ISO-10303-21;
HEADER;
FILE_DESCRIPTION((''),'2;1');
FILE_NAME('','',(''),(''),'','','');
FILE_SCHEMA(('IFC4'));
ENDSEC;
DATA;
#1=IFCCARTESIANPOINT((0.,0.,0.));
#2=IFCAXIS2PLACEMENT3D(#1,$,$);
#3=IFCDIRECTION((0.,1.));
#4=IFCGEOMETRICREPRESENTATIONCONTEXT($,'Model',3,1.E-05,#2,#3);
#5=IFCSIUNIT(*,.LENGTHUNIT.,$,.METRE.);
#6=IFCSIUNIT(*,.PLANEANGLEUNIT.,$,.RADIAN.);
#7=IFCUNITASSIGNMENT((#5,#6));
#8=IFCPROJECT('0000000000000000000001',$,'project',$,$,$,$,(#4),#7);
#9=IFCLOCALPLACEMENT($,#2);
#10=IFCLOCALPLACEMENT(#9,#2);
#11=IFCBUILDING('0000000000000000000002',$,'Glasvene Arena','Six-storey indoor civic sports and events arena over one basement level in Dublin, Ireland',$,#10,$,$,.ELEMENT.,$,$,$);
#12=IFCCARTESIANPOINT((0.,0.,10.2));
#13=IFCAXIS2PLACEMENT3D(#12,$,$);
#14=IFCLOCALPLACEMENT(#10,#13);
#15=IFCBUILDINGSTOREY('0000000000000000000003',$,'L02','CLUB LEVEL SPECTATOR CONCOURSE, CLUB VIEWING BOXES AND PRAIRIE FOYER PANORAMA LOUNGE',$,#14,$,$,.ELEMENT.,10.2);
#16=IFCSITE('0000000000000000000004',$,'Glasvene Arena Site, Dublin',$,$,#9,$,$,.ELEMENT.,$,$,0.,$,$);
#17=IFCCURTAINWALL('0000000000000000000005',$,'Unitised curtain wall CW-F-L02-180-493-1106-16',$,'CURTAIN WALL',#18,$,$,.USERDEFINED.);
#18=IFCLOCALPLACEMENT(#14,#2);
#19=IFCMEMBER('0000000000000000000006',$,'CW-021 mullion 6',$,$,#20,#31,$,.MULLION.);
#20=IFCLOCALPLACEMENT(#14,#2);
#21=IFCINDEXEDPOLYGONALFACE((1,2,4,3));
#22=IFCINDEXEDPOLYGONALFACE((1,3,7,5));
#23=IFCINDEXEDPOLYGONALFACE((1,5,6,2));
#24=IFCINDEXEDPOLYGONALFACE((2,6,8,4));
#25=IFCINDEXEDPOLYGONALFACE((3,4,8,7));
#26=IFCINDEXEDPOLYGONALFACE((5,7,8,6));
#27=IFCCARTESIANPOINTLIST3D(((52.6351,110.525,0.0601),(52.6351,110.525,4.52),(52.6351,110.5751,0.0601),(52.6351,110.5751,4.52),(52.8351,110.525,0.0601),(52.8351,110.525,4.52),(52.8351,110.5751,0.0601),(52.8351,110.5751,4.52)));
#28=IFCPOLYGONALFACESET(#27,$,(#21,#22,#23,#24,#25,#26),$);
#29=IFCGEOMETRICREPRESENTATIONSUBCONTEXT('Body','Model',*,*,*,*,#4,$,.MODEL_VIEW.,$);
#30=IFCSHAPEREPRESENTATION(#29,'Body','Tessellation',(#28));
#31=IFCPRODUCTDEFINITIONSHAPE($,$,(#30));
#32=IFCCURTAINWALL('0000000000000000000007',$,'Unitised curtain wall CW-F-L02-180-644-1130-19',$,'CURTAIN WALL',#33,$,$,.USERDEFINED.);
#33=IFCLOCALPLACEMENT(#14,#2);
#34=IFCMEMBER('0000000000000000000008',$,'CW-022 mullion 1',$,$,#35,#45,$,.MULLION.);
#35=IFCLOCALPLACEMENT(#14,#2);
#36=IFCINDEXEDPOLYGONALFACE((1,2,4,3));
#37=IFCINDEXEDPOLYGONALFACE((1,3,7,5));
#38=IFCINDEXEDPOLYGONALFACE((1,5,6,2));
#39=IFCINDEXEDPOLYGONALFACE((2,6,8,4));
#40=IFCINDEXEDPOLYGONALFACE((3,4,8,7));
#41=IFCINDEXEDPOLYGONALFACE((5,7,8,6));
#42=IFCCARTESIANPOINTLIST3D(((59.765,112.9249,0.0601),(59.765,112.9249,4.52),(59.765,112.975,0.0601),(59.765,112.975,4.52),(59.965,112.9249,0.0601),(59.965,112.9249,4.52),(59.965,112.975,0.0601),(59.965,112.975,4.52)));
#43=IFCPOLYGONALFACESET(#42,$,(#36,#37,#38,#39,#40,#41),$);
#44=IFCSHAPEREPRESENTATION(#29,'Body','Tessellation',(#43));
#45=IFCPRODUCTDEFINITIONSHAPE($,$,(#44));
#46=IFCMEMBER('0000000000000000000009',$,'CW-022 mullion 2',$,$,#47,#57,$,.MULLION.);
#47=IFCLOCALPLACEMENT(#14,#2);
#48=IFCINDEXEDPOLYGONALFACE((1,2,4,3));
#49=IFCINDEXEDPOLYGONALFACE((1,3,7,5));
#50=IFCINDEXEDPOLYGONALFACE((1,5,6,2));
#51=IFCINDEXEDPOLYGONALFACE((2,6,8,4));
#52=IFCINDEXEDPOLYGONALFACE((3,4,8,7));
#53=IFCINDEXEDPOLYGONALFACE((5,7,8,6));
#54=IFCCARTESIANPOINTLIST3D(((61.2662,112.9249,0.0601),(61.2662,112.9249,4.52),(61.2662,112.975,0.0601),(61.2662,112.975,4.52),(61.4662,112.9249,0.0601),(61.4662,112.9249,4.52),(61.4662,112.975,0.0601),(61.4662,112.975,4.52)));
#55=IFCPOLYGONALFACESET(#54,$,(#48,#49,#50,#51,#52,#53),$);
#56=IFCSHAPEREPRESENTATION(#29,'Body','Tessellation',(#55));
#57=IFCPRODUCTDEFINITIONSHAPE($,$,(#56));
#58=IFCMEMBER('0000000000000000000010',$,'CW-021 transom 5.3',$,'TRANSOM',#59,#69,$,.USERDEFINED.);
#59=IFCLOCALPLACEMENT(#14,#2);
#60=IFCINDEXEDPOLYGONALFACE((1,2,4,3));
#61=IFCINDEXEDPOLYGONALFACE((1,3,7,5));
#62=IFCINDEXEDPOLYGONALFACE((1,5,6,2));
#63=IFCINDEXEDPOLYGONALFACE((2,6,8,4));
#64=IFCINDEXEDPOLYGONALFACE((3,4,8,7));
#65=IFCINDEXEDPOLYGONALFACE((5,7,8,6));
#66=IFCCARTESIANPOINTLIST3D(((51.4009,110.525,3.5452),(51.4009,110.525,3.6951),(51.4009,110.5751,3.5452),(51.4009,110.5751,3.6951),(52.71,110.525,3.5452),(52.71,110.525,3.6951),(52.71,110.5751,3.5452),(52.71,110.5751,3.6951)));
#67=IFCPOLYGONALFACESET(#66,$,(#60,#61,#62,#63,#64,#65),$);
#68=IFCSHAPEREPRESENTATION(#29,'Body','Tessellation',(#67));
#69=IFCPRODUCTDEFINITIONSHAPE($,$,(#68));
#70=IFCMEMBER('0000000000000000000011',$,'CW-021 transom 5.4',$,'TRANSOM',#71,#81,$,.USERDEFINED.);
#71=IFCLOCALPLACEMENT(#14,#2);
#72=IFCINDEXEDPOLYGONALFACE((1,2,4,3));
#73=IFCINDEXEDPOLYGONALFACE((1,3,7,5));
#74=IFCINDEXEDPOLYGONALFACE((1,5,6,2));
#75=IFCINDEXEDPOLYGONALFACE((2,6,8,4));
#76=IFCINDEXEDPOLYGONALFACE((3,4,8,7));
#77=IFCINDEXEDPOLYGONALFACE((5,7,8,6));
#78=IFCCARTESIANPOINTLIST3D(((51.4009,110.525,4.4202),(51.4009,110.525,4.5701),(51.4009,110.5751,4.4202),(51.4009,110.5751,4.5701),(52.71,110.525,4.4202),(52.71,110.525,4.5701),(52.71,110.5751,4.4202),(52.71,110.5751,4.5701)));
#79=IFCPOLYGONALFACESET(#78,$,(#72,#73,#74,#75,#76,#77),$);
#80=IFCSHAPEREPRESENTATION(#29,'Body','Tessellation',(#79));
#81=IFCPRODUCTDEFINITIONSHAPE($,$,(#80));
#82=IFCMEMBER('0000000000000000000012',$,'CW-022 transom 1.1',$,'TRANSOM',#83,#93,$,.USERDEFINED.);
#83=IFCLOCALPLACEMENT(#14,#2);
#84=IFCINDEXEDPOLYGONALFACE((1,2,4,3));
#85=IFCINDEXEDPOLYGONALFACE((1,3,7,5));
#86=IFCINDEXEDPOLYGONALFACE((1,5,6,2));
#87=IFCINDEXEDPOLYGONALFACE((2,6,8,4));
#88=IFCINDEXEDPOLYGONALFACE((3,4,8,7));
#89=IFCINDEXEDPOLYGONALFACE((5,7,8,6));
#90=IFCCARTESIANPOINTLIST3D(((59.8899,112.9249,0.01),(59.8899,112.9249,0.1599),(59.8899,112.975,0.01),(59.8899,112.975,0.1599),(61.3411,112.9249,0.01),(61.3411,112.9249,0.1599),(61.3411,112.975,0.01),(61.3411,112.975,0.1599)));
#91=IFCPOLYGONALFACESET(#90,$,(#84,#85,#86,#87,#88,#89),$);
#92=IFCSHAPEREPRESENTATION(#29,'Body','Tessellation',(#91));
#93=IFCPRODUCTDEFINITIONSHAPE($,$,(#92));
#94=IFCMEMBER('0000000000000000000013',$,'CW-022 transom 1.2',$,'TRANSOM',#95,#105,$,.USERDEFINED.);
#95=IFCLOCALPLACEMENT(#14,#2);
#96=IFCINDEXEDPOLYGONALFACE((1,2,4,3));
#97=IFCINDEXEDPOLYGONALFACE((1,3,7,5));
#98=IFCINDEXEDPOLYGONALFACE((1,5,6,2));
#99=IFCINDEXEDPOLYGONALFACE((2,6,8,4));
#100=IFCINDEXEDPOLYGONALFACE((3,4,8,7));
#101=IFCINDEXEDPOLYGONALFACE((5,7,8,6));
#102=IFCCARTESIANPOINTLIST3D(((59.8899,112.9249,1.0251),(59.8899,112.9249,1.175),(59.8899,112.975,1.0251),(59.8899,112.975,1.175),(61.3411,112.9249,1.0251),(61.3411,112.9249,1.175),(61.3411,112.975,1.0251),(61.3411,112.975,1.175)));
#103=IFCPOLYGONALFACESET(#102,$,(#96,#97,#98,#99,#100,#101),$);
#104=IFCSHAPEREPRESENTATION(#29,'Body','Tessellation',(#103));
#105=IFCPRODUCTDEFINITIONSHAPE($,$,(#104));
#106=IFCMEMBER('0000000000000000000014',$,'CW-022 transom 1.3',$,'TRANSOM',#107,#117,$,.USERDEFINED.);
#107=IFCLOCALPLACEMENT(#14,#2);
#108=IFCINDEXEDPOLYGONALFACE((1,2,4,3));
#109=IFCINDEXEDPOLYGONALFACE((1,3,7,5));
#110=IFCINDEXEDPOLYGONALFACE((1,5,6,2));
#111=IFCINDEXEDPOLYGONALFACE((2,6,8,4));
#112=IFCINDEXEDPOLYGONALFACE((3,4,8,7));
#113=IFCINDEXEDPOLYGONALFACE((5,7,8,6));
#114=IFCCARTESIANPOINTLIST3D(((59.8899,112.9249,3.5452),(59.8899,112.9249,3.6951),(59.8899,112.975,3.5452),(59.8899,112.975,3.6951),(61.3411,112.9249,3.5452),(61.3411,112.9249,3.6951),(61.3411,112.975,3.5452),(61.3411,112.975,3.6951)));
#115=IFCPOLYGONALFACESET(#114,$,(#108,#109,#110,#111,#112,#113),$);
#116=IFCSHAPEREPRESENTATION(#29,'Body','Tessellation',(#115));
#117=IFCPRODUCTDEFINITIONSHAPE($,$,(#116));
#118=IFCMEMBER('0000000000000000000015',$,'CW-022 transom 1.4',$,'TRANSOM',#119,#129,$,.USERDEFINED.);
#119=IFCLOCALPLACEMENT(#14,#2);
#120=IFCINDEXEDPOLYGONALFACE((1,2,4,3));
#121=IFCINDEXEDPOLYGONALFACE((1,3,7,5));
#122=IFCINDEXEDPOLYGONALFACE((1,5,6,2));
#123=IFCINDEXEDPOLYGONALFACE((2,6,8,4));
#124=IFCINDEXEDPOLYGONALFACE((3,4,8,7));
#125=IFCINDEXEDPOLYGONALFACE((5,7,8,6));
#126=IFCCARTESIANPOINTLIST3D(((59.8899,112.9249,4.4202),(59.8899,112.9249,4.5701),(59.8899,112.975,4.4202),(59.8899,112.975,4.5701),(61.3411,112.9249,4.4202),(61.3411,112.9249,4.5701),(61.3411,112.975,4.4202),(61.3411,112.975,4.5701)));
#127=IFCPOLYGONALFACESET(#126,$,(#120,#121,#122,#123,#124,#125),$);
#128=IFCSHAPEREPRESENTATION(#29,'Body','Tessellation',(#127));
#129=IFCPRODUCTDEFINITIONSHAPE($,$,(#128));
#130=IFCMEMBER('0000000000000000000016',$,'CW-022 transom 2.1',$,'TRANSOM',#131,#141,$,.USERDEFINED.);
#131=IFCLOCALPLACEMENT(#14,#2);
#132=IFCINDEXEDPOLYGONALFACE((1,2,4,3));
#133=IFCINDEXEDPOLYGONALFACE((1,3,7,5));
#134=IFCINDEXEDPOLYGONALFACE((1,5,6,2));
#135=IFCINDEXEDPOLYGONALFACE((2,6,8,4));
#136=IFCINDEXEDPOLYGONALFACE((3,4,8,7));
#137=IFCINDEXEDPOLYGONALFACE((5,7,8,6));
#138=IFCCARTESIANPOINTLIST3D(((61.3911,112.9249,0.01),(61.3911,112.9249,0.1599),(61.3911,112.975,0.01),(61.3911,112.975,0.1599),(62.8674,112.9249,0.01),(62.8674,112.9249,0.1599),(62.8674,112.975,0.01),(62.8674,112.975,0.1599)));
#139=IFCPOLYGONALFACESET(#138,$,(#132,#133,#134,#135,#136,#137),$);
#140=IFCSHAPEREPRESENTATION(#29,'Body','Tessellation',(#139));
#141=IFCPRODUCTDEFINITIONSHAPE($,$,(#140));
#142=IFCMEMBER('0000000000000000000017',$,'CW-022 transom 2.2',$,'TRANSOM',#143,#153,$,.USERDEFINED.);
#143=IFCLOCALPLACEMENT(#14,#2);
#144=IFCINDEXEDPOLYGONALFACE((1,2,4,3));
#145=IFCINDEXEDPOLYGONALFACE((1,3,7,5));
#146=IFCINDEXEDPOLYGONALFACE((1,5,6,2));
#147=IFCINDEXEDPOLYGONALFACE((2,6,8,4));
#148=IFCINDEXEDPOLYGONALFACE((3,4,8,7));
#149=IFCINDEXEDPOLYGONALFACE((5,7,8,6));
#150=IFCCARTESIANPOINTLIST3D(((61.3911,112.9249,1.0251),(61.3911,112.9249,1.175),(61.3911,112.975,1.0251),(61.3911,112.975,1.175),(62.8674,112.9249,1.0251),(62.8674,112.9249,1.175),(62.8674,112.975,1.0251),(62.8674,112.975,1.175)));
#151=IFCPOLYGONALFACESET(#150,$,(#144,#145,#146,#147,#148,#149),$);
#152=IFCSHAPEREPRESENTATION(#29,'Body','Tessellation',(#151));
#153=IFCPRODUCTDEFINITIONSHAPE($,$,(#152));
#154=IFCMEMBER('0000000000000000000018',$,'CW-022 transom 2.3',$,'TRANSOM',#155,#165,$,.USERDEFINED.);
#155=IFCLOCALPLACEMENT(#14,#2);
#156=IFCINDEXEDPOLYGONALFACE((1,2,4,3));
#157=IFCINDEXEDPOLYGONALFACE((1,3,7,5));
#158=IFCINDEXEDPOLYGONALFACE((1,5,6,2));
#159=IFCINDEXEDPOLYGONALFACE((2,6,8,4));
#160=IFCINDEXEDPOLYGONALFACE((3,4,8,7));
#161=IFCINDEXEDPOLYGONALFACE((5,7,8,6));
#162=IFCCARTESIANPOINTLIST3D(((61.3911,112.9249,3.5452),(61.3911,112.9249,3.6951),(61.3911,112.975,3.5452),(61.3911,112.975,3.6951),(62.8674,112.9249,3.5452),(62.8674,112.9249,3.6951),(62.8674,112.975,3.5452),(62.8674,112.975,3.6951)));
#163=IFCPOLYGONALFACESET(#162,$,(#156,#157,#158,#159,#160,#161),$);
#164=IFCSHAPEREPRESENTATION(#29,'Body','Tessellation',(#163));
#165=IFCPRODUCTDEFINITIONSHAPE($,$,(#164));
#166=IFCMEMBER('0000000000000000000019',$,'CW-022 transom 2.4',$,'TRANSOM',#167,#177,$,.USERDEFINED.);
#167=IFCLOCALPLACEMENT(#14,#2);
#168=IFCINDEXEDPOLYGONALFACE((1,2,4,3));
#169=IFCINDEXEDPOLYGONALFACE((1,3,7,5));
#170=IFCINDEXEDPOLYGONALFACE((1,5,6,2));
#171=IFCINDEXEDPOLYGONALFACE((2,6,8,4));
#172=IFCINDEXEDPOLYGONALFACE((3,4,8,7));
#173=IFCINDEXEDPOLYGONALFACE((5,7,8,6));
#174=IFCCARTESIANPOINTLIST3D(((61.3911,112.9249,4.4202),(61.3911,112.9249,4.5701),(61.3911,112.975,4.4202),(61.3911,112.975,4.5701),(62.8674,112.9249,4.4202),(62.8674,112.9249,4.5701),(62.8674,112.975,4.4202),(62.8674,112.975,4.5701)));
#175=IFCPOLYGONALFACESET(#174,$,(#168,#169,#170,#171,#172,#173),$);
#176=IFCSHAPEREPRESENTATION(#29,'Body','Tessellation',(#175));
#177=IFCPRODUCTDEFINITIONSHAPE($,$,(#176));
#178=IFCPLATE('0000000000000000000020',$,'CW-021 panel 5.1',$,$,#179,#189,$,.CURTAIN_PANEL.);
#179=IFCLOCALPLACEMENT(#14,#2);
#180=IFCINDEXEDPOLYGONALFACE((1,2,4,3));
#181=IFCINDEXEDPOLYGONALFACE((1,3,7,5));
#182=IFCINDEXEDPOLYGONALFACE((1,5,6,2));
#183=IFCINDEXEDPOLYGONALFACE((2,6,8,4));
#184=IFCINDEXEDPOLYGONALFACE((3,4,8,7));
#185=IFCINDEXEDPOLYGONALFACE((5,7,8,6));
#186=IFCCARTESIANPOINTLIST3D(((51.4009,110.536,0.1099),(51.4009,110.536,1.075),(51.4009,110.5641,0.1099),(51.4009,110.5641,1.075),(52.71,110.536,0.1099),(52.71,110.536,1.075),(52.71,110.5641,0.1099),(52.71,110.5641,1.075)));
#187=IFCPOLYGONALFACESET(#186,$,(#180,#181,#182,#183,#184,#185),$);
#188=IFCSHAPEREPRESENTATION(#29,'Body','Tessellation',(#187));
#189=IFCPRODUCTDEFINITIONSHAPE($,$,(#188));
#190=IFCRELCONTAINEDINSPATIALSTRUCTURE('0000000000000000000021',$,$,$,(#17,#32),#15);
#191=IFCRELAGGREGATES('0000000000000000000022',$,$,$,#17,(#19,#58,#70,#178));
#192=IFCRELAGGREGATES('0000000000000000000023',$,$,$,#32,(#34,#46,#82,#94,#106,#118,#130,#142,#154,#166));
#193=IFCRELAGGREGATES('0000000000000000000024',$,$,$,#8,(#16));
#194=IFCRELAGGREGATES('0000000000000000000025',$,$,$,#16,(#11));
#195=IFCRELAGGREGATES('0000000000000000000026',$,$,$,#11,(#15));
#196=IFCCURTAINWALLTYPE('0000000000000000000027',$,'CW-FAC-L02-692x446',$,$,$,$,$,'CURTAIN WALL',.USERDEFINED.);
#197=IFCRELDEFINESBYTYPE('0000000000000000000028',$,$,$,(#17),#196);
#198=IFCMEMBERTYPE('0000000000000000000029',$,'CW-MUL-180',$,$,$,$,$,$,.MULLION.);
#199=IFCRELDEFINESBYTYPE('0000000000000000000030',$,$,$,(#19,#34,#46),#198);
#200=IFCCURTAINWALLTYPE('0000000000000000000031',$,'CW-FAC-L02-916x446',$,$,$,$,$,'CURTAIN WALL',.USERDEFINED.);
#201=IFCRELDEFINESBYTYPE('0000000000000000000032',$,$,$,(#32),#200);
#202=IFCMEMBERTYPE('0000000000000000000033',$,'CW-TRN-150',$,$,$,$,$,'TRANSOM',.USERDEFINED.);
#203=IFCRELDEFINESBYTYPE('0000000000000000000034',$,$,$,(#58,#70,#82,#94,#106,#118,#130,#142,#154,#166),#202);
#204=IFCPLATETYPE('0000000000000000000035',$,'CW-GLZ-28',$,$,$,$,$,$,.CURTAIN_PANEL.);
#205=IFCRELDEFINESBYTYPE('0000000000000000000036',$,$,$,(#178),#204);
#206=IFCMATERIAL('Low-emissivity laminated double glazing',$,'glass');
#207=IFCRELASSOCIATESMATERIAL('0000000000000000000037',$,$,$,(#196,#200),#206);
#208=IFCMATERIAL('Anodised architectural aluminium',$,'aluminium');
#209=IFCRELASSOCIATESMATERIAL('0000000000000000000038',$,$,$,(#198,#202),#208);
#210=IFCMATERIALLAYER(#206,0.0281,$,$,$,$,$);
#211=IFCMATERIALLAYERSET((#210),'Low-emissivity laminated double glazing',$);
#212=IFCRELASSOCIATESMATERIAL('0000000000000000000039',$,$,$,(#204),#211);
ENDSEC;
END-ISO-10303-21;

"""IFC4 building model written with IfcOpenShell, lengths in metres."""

from ifc_helpers import new_model, si_unit, direction, frame, origin, origin_2d, place, context, subcontext, project, spatial, rectangle, extrude, material, layer, layer_set, material_profile, profile_set, type_object, element, aggregate, save


model = new_model("IFC4")

# Units and contexts
model_context = context("Model", 3, precision=1e-05, world=origin(), true_north=direction((0.0, 1.0)))
body_context = subcontext(model_context, "Body", "Model", "MODEL_VIEW")
ifc_project = project(units=[si_unit("LENGTHUNIT", "METRE"), si_unit("PLANEANGLEUNIT", "RADIAN")], contexts=[model_context])

# Site, building, storey
site_placement = place(None, origin())
site = spatial("IfcSite", under=ifc_project, at=site_placement, Name="Glasvene Arena Site, Dublin", CompositionType="ELEMENT", RefElevation=0.0)
building_placement = place(site_placement, origin())
building = spatial("IfcBuilding", under=site, at=building_placement, Name="Glasvene Arena", Description="Six-storey indoor civic sports and events arena over one basement level in Dublin, Ireland", CompositionType="ELEMENT")
storey_placement = place(building_placement, frame((0.0, 0.0, 10.2)))
storey = spatial("IfcBuildingStorey", under=building, at=storey_placement, Name="L02", Description="CLUB LEVEL SPECTATOR CONCOURSE, CLUB VIEWING BOXES AND PRAIRIE FOYER PANORAMA LOUNGE", CompositionType="ELEMENT", Elevation=10.2)

# Curtain wall, member
ifc_material_1 = material(Name="Low-emissivity laminated double glazing", Category="glass")
curtain_wall_type_1 = type_object("IfcCurtainWallType", Name="CW-FAC-L02-692x446", ElementType="CURTAIN WALL", PredefinedType="USERDEFINED", material=ifc_material_1)
curtain_wall_1_placement = place(storey_placement, frame((45.8401, 110.55, 0.0)))
curtain_wall_1 = element("IfcCurtainWall", 1, at=curtain_wall_1_placement, inside=storey, type_object=curtain_wall_type_1, Name="Unitised curtain wall CW-F-L02-180-493-1106-16", ObjectType="CURTAIN WALL", PredefinedType="USERDEFINED")
ifc_material_2 = material(Name="Anodised architectural aluminium", Category="aluminium")
ifc_material_profile_1 = material_profile(ifc_material_2, rectangle(XDim=0.05, YDim=0.2, at=origin_2d()), Name="ALU MULLION 50x200")
ifc_profile_set_1 = profile_set([ifc_material_profile_1], Name="Anodised architectural aluminium")
member_type_1 = type_object("IfcMemberType", Name="CW-MUL-180", PredefinedType="MULLION", material=ifc_profile_set_1)
member_1_placement = place(storey_placement, frame((52.7351, 110.55, 0.0601), z_axis=(0.0, 0.0, 1.0), x_axis=(0.0, 1.0, 0.0)))
member_1 = element("IfcMember", 2, at=member_1_placement, type_object=member_type_1, Name="CW-021 mullion 6", PredefinedType="MULLION", context=body_context, shape_type="SweptSolid", body=[
    extrude(rectangle(XDim=0.05, YDim=0.2, at=origin_2d()), origin(), (0.0, 0.0, 1.0), 4.46),
])

# Curtain wall, members
curtain_wall_type_2 = type_object("IfcCurtainWallType", Name="CW-FAC-L02-916x446", ElementType="CURTAIN WALL", PredefinedType="USERDEFINED", material=ifc_material_1)
curtain_wall_2_placement = place(storey_placement, frame((59.8401, 112.95, 0.0)))
curtain_wall_2 = element("IfcCurtainWall", 3, at=curtain_wall_2_placement, inside=storey, type_object=curtain_wall_type_2, Name="Unitised curtain wall CW-F-L02-180-644-1130-19", ObjectType="CURTAIN WALL", PredefinedType="USERDEFINED")
member_2_placement = place(storey_placement, frame((59.865, 112.95, 0.0601), z_axis=(0.0, 0.0, 1.0), x_axis=(0.0, 1.0, 0.0)))
member_2 = element("IfcMember", 4, at=member_2_placement, type_object=member_type_1, Name="CW-022 mullion 1", PredefinedType="MULLION", context=body_context, shape_type="SweptSolid", body=[
    extrude(rectangle(XDim=0.05, YDim=0.2, at=origin_2d()), origin(), (0.0, 0.0, 1.0), 4.46),
])
member_3_placement = place(storey_placement, frame((61.3662, 112.95, 0.0601), z_axis=(0.0, 0.0, 1.0), x_axis=(0.0, 1.0, 0.0)))
member_3 = element("IfcMember", 5, at=member_3_placement, type_object=member_type_1, Name="CW-022 mullion 2", PredefinedType="MULLION", context=body_context, shape_type="SweptSolid", body=[
    extrude(rectangle(XDim=0.05, YDim=0.2, at=origin_2d()), origin(), (0.0, 0.0, 1.0), 4.46),
])

# Members
ifc_material_profile_2 = material_profile(ifc_material_2, rectangle(XDim=0.05, YDim=0.1499, at=origin_2d()), Name="ALU TRANSOM 50x150")
ifc_profile_set_2 = profile_set([ifc_material_profile_2], Name="Anodised architectural aluminium")
member_type_2 = type_object("IfcMemberType", Name="CW-TRN-150", ElementType="TRANSOM", PredefinedType="USERDEFINED", material=ifc_profile_set_2)
member_4_placement = place(storey_placement, frame((51.4009, 110.55, 3.6201), z_axis=(1.0, 0.0, 0.0), x_axis=(0.0, 1.0, 0.0)))
member_4 = element("IfcMember", 6, at=member_4_placement, type_object=member_type_2, Name="CW-021 transom 5.3", ObjectType="TRANSOM", PredefinedType="USERDEFINED", context=body_context, shape_type="SweptSolid", body=[
    extrude(rectangle(XDim=0.05, YDim=0.1499, at=origin_2d()), origin(), (0.0, 0.0, 1.0), 1.3091),
])
member_5_placement = place(storey_placement, frame((51.4009, 110.55, 4.4951), z_axis=(1.0, 0.0, 0.0), x_axis=(0.0, 1.0, 0.0)))
member_5 = element("IfcMember", 7, at=member_5_placement, type_object=member_type_2, Name="CW-021 transom 5.4", ObjectType="TRANSOM", PredefinedType="USERDEFINED", context=body_context, shape_type="SweptSolid", body=[
    extrude(rectangle(XDim=0.05, YDim=0.1499, at=origin_2d()), origin(), (0.0, 0.0, 1.0), 1.3091),
])
member_6_placement = place(storey_placement, frame((59.8899, 112.95, 0.085), z_axis=(1.0, 0.0, 0.0), x_axis=(0.0, 1.0, 0.0)))
member_6 = element("IfcMember", 8, at=member_6_placement, type_object=member_type_2, Name="CW-022 transom 1.1", ObjectType="TRANSOM", PredefinedType="USERDEFINED", context=body_context, shape_type="SweptSolid", body=[
    extrude(rectangle(XDim=0.05, YDim=0.1499, at=origin_2d()), origin(), (0.0, 0.0, 1.0), 1.4512),
])
member_7_placement = place(storey_placement, frame((59.8899, 112.95, 1.1001), z_axis=(1.0, 0.0, 0.0), x_axis=(0.0, 1.0, 0.0)))
member_7 = element("IfcMember", 9, at=member_7_placement, type_object=member_type_2, Name="CW-022 transom 1.2", ObjectType="TRANSOM", PredefinedType="USERDEFINED", context=body_context, shape_type="SweptSolid", body=[
    extrude(rectangle(XDim=0.05, YDim=0.1499, at=origin_2d()), origin(), (0.0, 0.0, 1.0), 1.4512),
])
member_8_placement = place(storey_placement, frame((59.8899, 112.95, 3.6201), z_axis=(1.0, 0.0, 0.0), x_axis=(0.0, 1.0, 0.0)))
member_8 = element("IfcMember", 10, at=member_8_placement, type_object=member_type_2, Name="CW-022 transom 1.3", ObjectType="TRANSOM", PredefinedType="USERDEFINED", context=body_context, shape_type="SweptSolid", body=[
    extrude(rectangle(XDim=0.05, YDim=0.1499, at=origin_2d()), origin(), (0.0, 0.0, 1.0), 1.4512),
])
member_9_placement = place(storey_placement, frame((59.8899, 112.95, 4.4951), z_axis=(1.0, 0.0, 0.0), x_axis=(0.0, 1.0, 0.0)))
member_9 = element("IfcMember", 11, at=member_9_placement, type_object=member_type_2, Name="CW-022 transom 1.4", ObjectType="TRANSOM", PredefinedType="USERDEFINED", context=body_context, shape_type="SweptSolid", body=[
    extrude(rectangle(XDim=0.05, YDim=0.1499, at=origin_2d()), origin(), (0.0, 0.0, 1.0), 1.4512),
])
member_10_placement = place(storey_placement, frame((61.3911, 112.95, 0.085), z_axis=(1.0, 0.0, 0.0), x_axis=(0.0, 1.0, 0.0)))
member_10 = element("IfcMember", 12, at=member_10_placement, type_object=member_type_2, Name="CW-022 transom 2.1", ObjectType="TRANSOM", PredefinedType="USERDEFINED", context=body_context, shape_type="SweptSolid", body=[
    extrude(rectangle(XDim=0.05, YDim=0.1499, at=origin_2d()), origin(), (0.0, 0.0, 1.0), 1.4763),
])
member_11_placement = place(storey_placement, frame((61.3911, 112.95, 1.1001), z_axis=(1.0, 0.0, 0.0), x_axis=(0.0, 1.0, 0.0)))
member_11 = element("IfcMember", 13, at=member_11_placement, type_object=member_type_2, Name="CW-022 transom 2.2", ObjectType="TRANSOM", PredefinedType="USERDEFINED", context=body_context, shape_type="SweptSolid", body=[
    extrude(rectangle(XDim=0.05, YDim=0.1499, at=origin_2d()), origin(), (0.0, 0.0, 1.0), 1.4763),
])
member_12_placement = place(storey_placement, frame((61.3911, 112.95, 3.6201), z_axis=(1.0, 0.0, 0.0), x_axis=(0.0, 1.0, 0.0)))
member_12 = element("IfcMember", 14, at=member_12_placement, type_object=member_type_2, Name="CW-022 transom 2.3", ObjectType="TRANSOM", PredefinedType="USERDEFINED", context=body_context, shape_type="SweptSolid", body=[
    extrude(rectangle(XDim=0.05, YDim=0.1499, at=origin_2d()), origin(), (0.0, 0.0, 1.0), 1.4763),
])
member_13_placement = place(storey_placement, frame((61.3911, 112.95, 4.4951), z_axis=(1.0, 0.0, 0.0), x_axis=(0.0, 1.0, 0.0)))
member_13 = element("IfcMember", 15, at=member_13_placement, type_object=member_type_2, Name="CW-022 transom 2.4", ObjectType="TRANSOM", PredefinedType="USERDEFINED", context=body_context, shape_type="SweptSolid", body=[
    extrude(rectangle(XDim=0.05, YDim=0.1499, at=origin_2d()), origin(), (0.0, 0.0, 1.0), 1.4763),
])

# Plate
ifc_layer_1 = layer(ifc_material_1, 0.0281)
ifc_layer_set_1 = layer_set([ifc_layer_1], Name="Low-emissivity laminated double glazing")
plate_type = type_object("IfcPlateType", Name="CW-GLZ-28", PredefinedType="CURTAIN_PANEL", material=ifc_layer_set_1)
plate_1_placement = place(storey_placement, frame((52.0554, 110.55, 0.1099), z_axis=(0.0, 0.0, 1.0), x_axis=(1.0, 0.0, 0.0)))
plate_1 = element("IfcPlate", 16, at=plate_1_placement, type_object=plate_type, Name="CW-021 panel 5.1", PredefinedType="CURTAIN_PANEL", context=body_context, shape_type="SweptSolid", body=[
    extrude(rectangle(XDim=1.3091, YDim=0.0281, at=origin_2d()), origin(), (0.0, 0.0, 1.0), 0.9651),
])
aggregate(curtain_wall_1, [member_1, member_4, member_5, plate_1])
aggregate(curtain_wall_2, [member_2, member_3, member_6, member_7, member_8, member_9, member_10, member_11, member_12, member_13])

save(model, "model.ifc")
